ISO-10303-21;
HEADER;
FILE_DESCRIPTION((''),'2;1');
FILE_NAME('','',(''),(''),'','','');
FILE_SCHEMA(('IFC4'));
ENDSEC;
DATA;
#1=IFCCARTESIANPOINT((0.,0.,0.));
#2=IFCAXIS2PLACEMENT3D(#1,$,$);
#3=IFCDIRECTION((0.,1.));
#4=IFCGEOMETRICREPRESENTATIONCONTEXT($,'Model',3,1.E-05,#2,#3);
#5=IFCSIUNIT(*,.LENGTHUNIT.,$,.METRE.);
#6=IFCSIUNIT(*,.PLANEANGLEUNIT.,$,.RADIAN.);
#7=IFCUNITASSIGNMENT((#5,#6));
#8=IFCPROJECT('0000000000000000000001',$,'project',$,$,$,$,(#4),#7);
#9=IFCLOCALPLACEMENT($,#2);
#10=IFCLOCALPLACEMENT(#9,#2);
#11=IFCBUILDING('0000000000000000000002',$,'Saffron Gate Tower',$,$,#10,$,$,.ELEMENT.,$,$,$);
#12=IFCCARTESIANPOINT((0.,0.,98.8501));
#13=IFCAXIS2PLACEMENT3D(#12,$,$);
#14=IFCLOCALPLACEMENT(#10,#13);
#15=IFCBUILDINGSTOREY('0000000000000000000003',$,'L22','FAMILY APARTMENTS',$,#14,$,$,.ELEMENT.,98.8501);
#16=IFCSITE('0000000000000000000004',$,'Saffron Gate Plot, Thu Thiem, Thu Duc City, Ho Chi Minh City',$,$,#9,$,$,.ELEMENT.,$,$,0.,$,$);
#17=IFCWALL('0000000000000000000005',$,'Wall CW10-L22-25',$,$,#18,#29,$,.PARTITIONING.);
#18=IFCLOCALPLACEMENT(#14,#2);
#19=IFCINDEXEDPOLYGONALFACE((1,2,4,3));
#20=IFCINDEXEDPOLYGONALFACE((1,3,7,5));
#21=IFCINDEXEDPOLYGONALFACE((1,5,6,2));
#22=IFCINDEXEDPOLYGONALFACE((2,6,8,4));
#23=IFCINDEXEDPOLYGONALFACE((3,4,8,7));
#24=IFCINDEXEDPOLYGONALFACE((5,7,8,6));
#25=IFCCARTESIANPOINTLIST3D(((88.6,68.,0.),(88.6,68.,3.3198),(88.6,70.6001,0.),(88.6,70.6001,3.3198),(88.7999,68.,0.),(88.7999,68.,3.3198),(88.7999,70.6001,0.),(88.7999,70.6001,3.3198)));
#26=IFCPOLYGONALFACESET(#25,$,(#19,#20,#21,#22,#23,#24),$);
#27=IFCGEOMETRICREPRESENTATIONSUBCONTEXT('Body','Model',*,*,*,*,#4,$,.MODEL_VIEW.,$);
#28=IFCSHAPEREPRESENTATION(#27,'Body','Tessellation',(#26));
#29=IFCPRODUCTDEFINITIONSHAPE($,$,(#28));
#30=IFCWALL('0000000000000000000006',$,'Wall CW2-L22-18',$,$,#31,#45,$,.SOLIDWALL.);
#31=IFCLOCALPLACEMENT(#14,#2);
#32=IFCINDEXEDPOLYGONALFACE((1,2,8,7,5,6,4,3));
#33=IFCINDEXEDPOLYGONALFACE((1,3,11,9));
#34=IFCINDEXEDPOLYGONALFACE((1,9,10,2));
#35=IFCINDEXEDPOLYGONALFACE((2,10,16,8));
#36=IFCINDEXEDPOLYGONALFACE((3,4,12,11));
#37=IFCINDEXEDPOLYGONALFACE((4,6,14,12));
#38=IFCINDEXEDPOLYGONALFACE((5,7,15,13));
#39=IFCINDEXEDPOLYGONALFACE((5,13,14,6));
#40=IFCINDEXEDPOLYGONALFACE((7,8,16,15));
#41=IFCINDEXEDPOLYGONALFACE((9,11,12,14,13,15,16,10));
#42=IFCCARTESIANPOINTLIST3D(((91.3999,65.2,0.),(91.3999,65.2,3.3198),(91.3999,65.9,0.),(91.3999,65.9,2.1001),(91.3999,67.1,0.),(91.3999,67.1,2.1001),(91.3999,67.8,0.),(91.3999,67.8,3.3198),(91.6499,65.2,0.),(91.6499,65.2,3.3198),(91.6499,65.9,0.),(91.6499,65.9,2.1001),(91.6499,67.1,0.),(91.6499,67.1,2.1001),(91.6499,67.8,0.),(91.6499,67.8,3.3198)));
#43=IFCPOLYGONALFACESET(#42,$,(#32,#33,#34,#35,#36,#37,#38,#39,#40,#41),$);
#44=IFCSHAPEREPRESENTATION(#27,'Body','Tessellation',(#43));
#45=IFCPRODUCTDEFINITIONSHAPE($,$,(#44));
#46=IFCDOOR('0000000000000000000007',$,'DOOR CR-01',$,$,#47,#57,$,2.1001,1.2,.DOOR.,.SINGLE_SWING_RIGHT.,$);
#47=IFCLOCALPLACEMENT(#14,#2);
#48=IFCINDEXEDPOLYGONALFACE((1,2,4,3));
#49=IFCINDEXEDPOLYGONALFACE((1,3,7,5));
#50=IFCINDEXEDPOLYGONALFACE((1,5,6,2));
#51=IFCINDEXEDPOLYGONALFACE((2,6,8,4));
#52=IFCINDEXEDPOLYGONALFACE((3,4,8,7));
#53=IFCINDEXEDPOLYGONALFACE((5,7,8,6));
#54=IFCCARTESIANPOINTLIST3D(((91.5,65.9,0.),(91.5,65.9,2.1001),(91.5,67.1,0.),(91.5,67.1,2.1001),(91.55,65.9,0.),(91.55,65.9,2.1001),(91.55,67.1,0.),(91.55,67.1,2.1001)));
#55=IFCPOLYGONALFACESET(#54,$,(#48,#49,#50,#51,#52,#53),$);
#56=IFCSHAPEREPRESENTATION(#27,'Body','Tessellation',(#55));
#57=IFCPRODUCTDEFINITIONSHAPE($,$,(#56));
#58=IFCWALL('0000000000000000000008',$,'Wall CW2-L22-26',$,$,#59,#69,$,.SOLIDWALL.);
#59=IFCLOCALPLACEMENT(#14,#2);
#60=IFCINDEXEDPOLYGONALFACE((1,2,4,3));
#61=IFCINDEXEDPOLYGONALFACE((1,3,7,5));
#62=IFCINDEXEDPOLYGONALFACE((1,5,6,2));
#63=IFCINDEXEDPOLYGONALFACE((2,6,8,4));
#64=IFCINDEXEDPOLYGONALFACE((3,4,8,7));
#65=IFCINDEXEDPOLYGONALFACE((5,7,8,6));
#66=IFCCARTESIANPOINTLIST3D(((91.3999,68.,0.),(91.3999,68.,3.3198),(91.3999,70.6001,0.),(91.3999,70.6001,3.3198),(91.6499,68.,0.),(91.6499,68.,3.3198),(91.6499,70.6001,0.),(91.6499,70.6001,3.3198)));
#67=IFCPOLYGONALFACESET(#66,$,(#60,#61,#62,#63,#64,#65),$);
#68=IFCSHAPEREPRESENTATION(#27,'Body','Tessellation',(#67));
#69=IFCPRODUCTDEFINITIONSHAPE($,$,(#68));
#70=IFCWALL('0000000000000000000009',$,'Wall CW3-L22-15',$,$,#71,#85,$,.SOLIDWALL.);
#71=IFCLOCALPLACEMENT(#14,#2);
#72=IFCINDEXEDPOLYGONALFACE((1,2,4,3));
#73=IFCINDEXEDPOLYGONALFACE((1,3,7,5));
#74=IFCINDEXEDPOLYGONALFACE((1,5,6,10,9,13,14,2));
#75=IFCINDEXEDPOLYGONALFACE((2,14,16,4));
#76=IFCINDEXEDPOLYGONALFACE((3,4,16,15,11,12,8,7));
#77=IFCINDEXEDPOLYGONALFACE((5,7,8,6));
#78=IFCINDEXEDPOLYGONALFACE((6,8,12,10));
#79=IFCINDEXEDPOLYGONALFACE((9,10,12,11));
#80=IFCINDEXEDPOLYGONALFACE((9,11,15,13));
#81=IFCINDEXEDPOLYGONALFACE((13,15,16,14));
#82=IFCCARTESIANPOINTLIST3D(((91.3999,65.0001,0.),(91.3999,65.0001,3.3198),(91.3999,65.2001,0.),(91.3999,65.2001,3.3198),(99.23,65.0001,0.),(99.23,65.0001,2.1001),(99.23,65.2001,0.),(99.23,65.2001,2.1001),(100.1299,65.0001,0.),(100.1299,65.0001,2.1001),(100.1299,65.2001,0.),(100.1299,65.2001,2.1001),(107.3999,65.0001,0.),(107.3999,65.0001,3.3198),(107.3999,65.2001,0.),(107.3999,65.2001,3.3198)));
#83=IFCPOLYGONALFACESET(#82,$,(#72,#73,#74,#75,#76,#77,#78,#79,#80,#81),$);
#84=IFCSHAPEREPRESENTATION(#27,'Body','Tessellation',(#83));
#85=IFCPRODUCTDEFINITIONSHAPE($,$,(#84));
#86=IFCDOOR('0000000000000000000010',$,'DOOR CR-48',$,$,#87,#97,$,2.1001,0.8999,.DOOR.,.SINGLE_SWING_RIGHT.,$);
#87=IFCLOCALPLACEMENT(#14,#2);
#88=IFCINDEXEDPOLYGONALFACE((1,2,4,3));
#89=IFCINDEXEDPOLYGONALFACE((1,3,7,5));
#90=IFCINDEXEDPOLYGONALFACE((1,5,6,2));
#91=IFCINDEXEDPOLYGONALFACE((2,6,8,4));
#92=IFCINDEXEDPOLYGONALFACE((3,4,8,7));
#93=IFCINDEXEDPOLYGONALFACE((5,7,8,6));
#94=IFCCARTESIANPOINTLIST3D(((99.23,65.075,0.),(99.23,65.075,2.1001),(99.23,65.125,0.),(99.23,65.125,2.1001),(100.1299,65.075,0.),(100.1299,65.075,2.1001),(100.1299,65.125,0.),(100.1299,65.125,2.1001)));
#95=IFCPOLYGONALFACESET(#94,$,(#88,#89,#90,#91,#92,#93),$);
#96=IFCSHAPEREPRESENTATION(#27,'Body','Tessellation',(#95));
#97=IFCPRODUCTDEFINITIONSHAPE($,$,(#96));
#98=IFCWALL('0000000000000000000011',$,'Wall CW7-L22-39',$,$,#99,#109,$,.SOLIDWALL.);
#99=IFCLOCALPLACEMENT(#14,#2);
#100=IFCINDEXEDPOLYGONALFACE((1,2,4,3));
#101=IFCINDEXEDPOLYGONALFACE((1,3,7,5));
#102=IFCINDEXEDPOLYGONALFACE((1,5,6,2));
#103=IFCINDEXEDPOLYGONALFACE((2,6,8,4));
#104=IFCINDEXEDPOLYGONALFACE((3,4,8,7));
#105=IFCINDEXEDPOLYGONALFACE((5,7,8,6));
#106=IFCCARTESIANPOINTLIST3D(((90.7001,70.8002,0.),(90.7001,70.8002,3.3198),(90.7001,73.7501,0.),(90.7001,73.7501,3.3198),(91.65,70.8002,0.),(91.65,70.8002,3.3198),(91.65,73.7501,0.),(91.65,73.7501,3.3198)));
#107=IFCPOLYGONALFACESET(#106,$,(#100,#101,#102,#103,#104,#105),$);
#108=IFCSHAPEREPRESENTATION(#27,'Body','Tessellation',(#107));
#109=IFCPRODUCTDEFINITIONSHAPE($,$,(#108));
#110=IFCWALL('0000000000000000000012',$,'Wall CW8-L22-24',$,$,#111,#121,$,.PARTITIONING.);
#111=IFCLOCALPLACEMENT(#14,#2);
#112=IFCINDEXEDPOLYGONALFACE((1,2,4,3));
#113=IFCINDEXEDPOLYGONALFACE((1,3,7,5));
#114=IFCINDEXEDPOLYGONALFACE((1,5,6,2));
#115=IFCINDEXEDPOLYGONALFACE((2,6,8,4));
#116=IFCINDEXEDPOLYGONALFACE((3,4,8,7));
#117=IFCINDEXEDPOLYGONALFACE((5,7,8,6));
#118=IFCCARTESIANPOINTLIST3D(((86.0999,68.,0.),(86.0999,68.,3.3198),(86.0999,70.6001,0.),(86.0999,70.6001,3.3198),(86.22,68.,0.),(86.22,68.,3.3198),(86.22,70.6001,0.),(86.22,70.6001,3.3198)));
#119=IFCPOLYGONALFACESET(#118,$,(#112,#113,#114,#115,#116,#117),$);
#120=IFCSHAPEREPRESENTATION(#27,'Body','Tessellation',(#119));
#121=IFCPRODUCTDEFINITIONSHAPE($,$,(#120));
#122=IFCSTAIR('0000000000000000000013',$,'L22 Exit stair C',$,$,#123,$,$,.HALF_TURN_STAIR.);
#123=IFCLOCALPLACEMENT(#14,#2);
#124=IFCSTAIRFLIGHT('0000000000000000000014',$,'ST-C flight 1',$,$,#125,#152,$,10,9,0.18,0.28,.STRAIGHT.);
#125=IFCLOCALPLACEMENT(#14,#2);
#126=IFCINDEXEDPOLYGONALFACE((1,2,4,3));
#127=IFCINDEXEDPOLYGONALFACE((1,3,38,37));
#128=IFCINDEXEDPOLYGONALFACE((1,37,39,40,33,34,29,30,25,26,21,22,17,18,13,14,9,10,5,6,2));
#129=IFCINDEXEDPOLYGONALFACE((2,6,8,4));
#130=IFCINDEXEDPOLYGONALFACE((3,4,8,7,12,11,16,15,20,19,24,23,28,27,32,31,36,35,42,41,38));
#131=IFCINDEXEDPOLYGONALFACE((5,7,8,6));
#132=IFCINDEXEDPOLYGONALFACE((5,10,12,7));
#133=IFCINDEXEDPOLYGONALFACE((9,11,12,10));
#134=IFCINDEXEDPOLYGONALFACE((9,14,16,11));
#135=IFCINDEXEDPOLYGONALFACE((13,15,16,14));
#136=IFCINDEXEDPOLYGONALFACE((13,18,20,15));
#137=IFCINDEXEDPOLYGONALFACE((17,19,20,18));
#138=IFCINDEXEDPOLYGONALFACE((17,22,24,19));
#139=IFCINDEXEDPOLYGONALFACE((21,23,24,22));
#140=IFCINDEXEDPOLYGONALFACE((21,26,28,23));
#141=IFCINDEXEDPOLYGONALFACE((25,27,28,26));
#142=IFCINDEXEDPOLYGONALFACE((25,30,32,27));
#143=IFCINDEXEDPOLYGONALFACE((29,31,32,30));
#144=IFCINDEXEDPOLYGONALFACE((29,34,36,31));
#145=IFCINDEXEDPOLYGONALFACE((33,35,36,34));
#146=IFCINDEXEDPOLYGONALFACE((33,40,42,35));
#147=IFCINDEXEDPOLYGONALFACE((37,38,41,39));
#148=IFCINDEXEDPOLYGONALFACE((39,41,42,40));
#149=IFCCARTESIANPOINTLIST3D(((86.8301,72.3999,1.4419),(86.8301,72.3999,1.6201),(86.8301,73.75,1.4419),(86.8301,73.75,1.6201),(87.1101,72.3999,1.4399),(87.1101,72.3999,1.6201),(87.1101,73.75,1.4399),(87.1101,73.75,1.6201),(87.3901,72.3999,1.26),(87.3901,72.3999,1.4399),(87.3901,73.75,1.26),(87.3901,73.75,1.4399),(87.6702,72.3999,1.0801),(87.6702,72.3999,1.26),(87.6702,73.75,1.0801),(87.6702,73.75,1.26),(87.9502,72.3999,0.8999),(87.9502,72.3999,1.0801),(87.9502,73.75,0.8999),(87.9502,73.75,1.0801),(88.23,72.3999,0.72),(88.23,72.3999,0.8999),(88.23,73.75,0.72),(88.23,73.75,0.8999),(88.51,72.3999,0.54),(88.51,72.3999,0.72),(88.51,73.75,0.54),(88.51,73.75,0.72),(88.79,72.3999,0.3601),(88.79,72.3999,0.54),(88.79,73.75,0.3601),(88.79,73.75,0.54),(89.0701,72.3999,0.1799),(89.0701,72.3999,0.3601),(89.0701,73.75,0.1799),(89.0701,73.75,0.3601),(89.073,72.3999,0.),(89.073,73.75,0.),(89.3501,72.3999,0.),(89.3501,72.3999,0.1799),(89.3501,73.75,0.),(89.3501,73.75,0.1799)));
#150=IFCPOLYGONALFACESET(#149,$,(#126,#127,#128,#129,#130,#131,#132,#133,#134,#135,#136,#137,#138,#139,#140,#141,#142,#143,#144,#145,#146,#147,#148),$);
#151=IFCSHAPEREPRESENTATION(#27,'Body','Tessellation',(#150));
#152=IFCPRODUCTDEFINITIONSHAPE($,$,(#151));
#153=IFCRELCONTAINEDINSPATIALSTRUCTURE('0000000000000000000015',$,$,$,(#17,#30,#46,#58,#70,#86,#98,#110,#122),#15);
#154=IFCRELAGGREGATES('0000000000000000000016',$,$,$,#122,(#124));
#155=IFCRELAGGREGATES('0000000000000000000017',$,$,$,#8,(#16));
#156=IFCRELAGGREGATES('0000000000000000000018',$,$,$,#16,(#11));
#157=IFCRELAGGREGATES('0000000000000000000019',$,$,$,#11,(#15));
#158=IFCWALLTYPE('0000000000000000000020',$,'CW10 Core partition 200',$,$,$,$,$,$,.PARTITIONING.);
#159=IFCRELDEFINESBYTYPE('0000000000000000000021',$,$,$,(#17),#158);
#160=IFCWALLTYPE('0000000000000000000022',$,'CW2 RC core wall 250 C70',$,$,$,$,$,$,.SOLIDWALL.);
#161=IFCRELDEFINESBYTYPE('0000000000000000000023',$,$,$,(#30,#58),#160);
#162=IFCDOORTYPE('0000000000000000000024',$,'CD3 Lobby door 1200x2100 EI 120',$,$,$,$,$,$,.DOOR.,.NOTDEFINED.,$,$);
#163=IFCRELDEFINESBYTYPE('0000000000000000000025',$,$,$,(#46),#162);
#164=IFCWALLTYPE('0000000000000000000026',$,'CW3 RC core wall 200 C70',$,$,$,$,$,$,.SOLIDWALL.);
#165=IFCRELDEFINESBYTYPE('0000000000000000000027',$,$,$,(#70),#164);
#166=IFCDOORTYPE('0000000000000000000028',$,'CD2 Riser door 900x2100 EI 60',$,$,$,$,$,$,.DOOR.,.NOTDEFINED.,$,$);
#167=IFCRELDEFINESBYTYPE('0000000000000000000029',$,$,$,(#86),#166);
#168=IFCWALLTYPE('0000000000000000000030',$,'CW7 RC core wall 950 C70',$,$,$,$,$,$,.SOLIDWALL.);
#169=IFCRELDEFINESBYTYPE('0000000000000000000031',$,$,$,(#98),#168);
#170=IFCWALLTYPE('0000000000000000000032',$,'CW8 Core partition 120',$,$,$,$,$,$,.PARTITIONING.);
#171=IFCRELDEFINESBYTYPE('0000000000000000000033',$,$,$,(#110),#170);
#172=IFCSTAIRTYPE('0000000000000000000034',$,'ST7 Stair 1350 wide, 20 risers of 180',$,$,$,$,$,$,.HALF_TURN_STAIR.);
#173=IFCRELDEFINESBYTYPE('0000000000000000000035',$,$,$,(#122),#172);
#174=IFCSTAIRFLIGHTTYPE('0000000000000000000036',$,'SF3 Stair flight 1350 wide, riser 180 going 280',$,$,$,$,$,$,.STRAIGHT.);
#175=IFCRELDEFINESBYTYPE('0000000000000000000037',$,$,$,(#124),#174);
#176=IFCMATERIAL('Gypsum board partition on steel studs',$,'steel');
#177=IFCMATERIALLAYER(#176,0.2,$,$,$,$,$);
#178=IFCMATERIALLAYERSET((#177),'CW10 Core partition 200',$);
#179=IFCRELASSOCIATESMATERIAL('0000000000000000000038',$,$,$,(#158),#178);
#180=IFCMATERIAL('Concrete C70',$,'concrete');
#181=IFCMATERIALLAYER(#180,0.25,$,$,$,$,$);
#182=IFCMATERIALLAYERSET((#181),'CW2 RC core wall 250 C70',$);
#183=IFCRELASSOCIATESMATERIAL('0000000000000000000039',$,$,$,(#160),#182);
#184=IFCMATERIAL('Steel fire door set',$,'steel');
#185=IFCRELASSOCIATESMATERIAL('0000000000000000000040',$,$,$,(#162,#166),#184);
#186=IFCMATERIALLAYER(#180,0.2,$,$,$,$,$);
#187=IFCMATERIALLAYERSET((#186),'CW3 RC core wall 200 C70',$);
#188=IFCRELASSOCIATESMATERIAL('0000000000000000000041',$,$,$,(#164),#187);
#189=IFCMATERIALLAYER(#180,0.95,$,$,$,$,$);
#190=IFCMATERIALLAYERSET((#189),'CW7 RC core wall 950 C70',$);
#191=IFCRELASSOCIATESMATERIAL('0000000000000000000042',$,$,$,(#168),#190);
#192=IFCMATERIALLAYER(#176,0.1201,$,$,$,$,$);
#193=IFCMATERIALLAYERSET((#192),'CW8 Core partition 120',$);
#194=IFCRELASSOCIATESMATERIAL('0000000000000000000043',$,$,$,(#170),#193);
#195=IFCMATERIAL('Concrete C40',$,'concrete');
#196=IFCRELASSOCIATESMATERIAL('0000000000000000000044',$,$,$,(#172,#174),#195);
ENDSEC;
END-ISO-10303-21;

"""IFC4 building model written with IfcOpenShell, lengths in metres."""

from ifc_helpers import new_model, si_unit, direction, frame, frame_2d, origin, place, context, subcontext, project, spatial, polyline, rectangle, outline, extrude, material, layer, layer_set, type_object, element, fill, aggregate, save


model = new_model("IFC4")

# Units and contexts
model_context = context("Model", 3, precision=1e-05, world=origin(), true_north=direction((0.0, 1.0)))
body_context = subcontext(model_context, "Body", "Model", "MODEL_VIEW")
ifc_project = project(units=[si_unit("LENGTHUNIT", "METRE"), si_unit("PLANEANGLEUNIT", "RADIAN")], contexts=[model_context])

# Site, building, storey
site_placement = place(None, origin())
site = spatial("IfcSite", under=ifc_project, at=site_placement, Name="Saffron Gate Plot, Thu Thiem, Thu Duc City, Ho Chi Minh City", CompositionType="ELEMENT", RefElevation=0.0)
building_placement = place(site_placement, origin())
building = spatial("IfcBuilding", under=site, at=building_placement, Name="Saffron Gate Tower", CompositionType="ELEMENT")
storey_placement = place(building_placement, frame((0.0, 0.0, 98.8501)))
storey = spatial("IfcBuildingStorey", under=building, at=storey_placement, Name="L22", Description="FAMILY APARTMENTS", CompositionType="ELEMENT", Elevation=98.8501)

# Wall
ifc_material_1 = material(Name="Gypsum board partition on steel studs", Category="steel")
ifc_layer_1 = layer(ifc_material_1, 0.2)
ifc_layer_set_1 = layer_set([ifc_layer_1], Name="CW10 Core partition 200")
wall_type_1 = type_object("IfcWallType", Name="CW10 Core partition 200", PredefinedType="PARTITIONING", material=ifc_layer_set_1)
wall_1_placement = place(storey_placement, frame((88.7, 68.0, 0.0), z_axis=(0.0, 0.0, 1.0), x_axis=(0.0, 1.0, 0.0)))
element("IfcWall", 1, at=wall_1_placement, inside=storey, type_object=wall_type_1, Name="Wall CW10-L22-25", PredefinedType="PARTITIONING", context=body_context, shape_type="SweptSolid", body=[
    extrude(rectangle(XDim=2.6001, YDim=0.2, at=frame_2d((1.3, 0.0))), origin(), (0.0, 0.0, 1.0), 3.3198),
])

# Wall, opening, door
ifc_material_2 = material(Name="Concrete C70", Category="concrete")
ifc_layer_2 = layer(ifc_material_2, 0.25)
ifc_layer_set_2 = layer_set([ifc_layer_2], Name="CW2 RC core wall 250 C70")
wall_type_2 = type_object("IfcWallType", Name="CW2 RC core wall 250 C70", PredefinedType="SOLIDWALL", material=ifc_layer_set_2)
wall_2_placement = place(storey_placement, frame((91.5249, 65.2, 0.0), z_axis=(0.0, 0.0, 1.0), x_axis=(0.0, 1.0, 0.0)))
wall_2 = element("IfcWall", 2, at=wall_2_placement, inside=storey, type_object=wall_type_2, Name="Wall CW2-L22-18", PredefinedType="SOLIDWALL", context=body_context, shape_type="SweptSolid", body=[
    extrude(rectangle(XDim=2.6001, YDim=0.25, at=frame_2d((1.3, 0.0))), origin(), (0.0, 0.0, 1.0), 3.3198),
])
opening_1_placement = place(wall_2_placement, frame((0.7, 0.0, 0.0)))
opening_1 = element("IfcOpeningElement", 3, at=opening_1_placement, cuts=wall_2, PredefinedType="OPENING", context=body_context, shape_type="SweptSolid", body=[
    extrude(rectangle(XDim=1.2, YDim=2.1001, at=frame_2d((0.6001, 1.05))), frame((0.0, 0.135, 0.0), z_axis=(0.0, -1.0, 0.0), x_axis=(1.0, 0.0, 0.0)), (0.0, 0.0, 1.0), 0.27),
])
ifc_material_3 = material(Name="Steel fire door set", Category="steel")
door_type_1 = type_object("IfcDoorType", Name="CD3 Lobby door 1200x2100 EI 120", OperationType="NOTDEFINED", PredefinedType="DOOR", material=ifc_material_3)
door_1_placement = place(opening_1_placement, origin())
door_1 = element("IfcDoor", 4, at=door_1_placement, inside=storey, type_object=door_type_1, Name="DOOR CR-01", OperationType="SINGLE_SWING_RIGHT", OverallHeight=2.1001, OverallWidth=1.2, PredefinedType="DOOR", context=body_context, shape_type="SweptSolid", body=[
    extrude(rectangle(XDim=1.2, YDim=2.1001, at=frame_2d((0.6001, 1.05))), frame((0.0, 0.0249, 0.0), z_axis=(0.0, -1.0, 0.0), x_axis=(1.0, 0.0, 0.0)), (0.0, 0.0, 1.0), 0.05),
])
fill(opening_1, door_1)

# Wall
wall_3_placement = place(storey_placement, frame((91.5249, 68.0, 0.0), z_axis=(0.0, 0.0, 1.0), x_axis=(0.0, 1.0, 0.0)))
element("IfcWall", 5, at=wall_3_placement, inside=storey, type_object=wall_type_2, Name="Wall CW2-L22-26", PredefinedType="SOLIDWALL", context=body_context, shape_type="SweptSolid", body=[
    extrude(rectangle(XDim=2.6001, YDim=0.25, at=frame_2d((1.3, 0.0))), origin(), (0.0, 0.0, 1.0), 3.3198),
])

# Wall, opening, door
ifc_layer_3 = layer(ifc_material_2, 0.2)
ifc_layer_set_3 = layer_set([ifc_layer_3], Name="CW3 RC core wall 200 C70")
wall_type_3 = type_object("IfcWallType", Name="CW3 RC core wall 200 C70", PredefinedType="SOLIDWALL", material=ifc_layer_set_3)
wall_4_placement = place(storey_placement, frame((91.3999, 65.1001, 0.0), z_axis=(0.0, 0.0, 1.0), x_axis=(1.0, 0.0, 0.0)))
wall_4 = element("IfcWall", 6, at=wall_4_placement, inside=storey, type_object=wall_type_3, Name="Wall CW3-L22-15", PredefinedType="SOLIDWALL", context=body_context, shape_type="SweptSolid", body=[
    extrude(rectangle(XDim=16.0, YDim=0.2, at=frame_2d((8.0, 0.0))), origin(), (0.0, 0.0, 1.0), 3.3198),
])
opening_2_placement = place(wall_4_placement, frame((7.8301, 0.0, 0.0)))
opening_2 = element("IfcOpeningElement", 7, at=opening_2_placement, cuts=wall_4, PredefinedType="OPENING", context=body_context, shape_type="SweptSolid", body=[
    extrude(rectangle(XDim=0.8999, YDim=2.1001, at=frame_2d((0.45, 1.05))), frame((0.0, 0.1099, 0.0), z_axis=(0.0, -1.0, 0.0), x_axis=(1.0, 0.0, 0.0)), (0.0, 0.0, 1.0), 0.22),
])
door_type_2 = type_object("IfcDoorType", Name="CD2 Riser door 900x2100 EI 60", OperationType="NOTDEFINED", PredefinedType="DOOR", material=ifc_material_3)
door_2_placement = place(opening_2_placement, origin())
door_2 = element("IfcDoor", 8, at=door_2_placement, inside=storey, type_object=door_type_2, Name="DOOR CR-48", OperationType="SINGLE_SWING_RIGHT", OverallHeight=2.1001, OverallWidth=0.8999, PredefinedType="DOOR", context=body_context, shape_type="SweptSolid", body=[
    extrude(rectangle(XDim=0.8999, YDim=2.1001, at=frame_2d((0.45, 1.05))), frame((0.0, 0.0249, 0.0), z_axis=(0.0, -1.0, 0.0), x_axis=(1.0, 0.0, 0.0)), (0.0, 0.0, 1.0), 0.05),
])
fill(opening_2, door_2)

# Walls
ifc_layer_4 = layer(ifc_material_2, 0.95)
ifc_layer_set_4 = layer_set([ifc_layer_4], Name="CW7 RC core wall 950 C70")
wall_type_4 = type_object("IfcWallType", Name="CW7 RC core wall 950 C70", PredefinedType="SOLIDWALL", material=ifc_layer_set_4)
wall_5_placement = place(storey_placement, frame((91.175, 70.8, 0.0), z_axis=(0.0, 0.0, 1.0), x_axis=(0.0, 1.0, 0.0)))
element("IfcWall", 9, at=wall_5_placement, inside=storey, type_object=wall_type_4, Name="Wall CW7-L22-39", PredefinedType="SOLIDWALL", context=body_context, shape_type="SweptSolid", body=[
    extrude(rectangle(XDim=2.95, YDim=0.95, at=frame_2d((1.4751, 0.0))), origin(), (0.0, 0.0, 1.0), 3.3198),
])
ifc_layer_5 = layer(ifc_material_1, 0.1201)
ifc_layer_set_5 = layer_set([ifc_layer_5], Name="CW8 Core partition 120")
wall_type_5 = type_object("IfcWallType", Name="CW8 Core partition 120", PredefinedType="PARTITIONING", material=ifc_layer_set_5)
wall_6_placement = place(storey_placement, frame((86.1599, 68.0, 0.0), z_axis=(0.0, 0.0, 1.0), x_axis=(0.0, 1.0, 0.0)))
element("IfcWall", 10, at=wall_6_placement, inside=storey, type_object=wall_type_5, Name="Wall CW8-L22-24", PredefinedType="PARTITIONING", context=body_context, shape_type="SweptSolid", body=[
    extrude(rectangle(XDim=2.6001, YDim=0.1201, at=frame_2d((1.3, 0.0))), origin(), (0.0, 0.0, 1.0), 3.3198),
])

# Stair, stair flight
ifc_material_4 = material(Name="Concrete C40", Category="concrete")
stair_type = type_object("IfcStairType", Name="ST7 Stair 1350 wide, 20 risers of 180", PredefinedType="HALF_TURN_STAIR", material=ifc_material_4)
stair_placement = place(storey_placement, origin())
stair = element("IfcStair", 11, at=stair_placement, inside=storey, type_object=stair_type, Name="L22 Exit stair C", PredefinedType="HALF_TURN_STAIR")
stair_flight_type = type_object("IfcStairFlightType", Name="SF3 Stair flight 1350 wide, riser 180 going 280", PredefinedType="STRAIGHT", material=ifc_material_4)
stair_flight_1_placement = place(storey_placement, frame((89.3501, 73.075, 0.0), z_axis=(0.0, 0.0, 1.0), x_axis=(-1.0, 0.0, 0.0)))
stair_flight_1 = element("IfcStairFlight", 12, at=stair_flight_1_placement, type_object=stair_flight_type, Name="ST-C flight 1", NumberOfRisers=10, NumberOfTreads=9, PredefinedType="STRAIGHT", RiserHeight=0.18, TreadLength=0.28, context=body_context, shape_type="SweptSolid", body=[
    extrude(outline(polyline([(0.0, 0.0), (0.0, 0.1799), (0.28, 0.1799), (0.28, 0.3601), (0.5601, 0.3601), (0.5601, 0.54), (0.8401, 0.54), (0.8401, 0.72), (1.1201, 0.72), (1.1201, 0.8999), (1.3999, 0.8999), (1.3999, 1.0801), (1.6799, 1.0801), (1.6799, 1.26), (1.96, 1.26), (1.96, 1.4399), (2.24, 1.4399), (2.24, 1.6201), (2.52, 1.6201), (2.52, 1.8), (2.52, 1.4419), (0.2771, 0.0), (0.0, 0.0)])), frame((0.0, 0.675, 0.0), z_axis=(0.0, -1.0, 0.0), x_axis=(1.0, 0.0, 0.0)), (0.0, 0.0, 1.0), 1.3501),
])
aggregate(stair, [stair_flight_1])

save(model, "model.ifc")
